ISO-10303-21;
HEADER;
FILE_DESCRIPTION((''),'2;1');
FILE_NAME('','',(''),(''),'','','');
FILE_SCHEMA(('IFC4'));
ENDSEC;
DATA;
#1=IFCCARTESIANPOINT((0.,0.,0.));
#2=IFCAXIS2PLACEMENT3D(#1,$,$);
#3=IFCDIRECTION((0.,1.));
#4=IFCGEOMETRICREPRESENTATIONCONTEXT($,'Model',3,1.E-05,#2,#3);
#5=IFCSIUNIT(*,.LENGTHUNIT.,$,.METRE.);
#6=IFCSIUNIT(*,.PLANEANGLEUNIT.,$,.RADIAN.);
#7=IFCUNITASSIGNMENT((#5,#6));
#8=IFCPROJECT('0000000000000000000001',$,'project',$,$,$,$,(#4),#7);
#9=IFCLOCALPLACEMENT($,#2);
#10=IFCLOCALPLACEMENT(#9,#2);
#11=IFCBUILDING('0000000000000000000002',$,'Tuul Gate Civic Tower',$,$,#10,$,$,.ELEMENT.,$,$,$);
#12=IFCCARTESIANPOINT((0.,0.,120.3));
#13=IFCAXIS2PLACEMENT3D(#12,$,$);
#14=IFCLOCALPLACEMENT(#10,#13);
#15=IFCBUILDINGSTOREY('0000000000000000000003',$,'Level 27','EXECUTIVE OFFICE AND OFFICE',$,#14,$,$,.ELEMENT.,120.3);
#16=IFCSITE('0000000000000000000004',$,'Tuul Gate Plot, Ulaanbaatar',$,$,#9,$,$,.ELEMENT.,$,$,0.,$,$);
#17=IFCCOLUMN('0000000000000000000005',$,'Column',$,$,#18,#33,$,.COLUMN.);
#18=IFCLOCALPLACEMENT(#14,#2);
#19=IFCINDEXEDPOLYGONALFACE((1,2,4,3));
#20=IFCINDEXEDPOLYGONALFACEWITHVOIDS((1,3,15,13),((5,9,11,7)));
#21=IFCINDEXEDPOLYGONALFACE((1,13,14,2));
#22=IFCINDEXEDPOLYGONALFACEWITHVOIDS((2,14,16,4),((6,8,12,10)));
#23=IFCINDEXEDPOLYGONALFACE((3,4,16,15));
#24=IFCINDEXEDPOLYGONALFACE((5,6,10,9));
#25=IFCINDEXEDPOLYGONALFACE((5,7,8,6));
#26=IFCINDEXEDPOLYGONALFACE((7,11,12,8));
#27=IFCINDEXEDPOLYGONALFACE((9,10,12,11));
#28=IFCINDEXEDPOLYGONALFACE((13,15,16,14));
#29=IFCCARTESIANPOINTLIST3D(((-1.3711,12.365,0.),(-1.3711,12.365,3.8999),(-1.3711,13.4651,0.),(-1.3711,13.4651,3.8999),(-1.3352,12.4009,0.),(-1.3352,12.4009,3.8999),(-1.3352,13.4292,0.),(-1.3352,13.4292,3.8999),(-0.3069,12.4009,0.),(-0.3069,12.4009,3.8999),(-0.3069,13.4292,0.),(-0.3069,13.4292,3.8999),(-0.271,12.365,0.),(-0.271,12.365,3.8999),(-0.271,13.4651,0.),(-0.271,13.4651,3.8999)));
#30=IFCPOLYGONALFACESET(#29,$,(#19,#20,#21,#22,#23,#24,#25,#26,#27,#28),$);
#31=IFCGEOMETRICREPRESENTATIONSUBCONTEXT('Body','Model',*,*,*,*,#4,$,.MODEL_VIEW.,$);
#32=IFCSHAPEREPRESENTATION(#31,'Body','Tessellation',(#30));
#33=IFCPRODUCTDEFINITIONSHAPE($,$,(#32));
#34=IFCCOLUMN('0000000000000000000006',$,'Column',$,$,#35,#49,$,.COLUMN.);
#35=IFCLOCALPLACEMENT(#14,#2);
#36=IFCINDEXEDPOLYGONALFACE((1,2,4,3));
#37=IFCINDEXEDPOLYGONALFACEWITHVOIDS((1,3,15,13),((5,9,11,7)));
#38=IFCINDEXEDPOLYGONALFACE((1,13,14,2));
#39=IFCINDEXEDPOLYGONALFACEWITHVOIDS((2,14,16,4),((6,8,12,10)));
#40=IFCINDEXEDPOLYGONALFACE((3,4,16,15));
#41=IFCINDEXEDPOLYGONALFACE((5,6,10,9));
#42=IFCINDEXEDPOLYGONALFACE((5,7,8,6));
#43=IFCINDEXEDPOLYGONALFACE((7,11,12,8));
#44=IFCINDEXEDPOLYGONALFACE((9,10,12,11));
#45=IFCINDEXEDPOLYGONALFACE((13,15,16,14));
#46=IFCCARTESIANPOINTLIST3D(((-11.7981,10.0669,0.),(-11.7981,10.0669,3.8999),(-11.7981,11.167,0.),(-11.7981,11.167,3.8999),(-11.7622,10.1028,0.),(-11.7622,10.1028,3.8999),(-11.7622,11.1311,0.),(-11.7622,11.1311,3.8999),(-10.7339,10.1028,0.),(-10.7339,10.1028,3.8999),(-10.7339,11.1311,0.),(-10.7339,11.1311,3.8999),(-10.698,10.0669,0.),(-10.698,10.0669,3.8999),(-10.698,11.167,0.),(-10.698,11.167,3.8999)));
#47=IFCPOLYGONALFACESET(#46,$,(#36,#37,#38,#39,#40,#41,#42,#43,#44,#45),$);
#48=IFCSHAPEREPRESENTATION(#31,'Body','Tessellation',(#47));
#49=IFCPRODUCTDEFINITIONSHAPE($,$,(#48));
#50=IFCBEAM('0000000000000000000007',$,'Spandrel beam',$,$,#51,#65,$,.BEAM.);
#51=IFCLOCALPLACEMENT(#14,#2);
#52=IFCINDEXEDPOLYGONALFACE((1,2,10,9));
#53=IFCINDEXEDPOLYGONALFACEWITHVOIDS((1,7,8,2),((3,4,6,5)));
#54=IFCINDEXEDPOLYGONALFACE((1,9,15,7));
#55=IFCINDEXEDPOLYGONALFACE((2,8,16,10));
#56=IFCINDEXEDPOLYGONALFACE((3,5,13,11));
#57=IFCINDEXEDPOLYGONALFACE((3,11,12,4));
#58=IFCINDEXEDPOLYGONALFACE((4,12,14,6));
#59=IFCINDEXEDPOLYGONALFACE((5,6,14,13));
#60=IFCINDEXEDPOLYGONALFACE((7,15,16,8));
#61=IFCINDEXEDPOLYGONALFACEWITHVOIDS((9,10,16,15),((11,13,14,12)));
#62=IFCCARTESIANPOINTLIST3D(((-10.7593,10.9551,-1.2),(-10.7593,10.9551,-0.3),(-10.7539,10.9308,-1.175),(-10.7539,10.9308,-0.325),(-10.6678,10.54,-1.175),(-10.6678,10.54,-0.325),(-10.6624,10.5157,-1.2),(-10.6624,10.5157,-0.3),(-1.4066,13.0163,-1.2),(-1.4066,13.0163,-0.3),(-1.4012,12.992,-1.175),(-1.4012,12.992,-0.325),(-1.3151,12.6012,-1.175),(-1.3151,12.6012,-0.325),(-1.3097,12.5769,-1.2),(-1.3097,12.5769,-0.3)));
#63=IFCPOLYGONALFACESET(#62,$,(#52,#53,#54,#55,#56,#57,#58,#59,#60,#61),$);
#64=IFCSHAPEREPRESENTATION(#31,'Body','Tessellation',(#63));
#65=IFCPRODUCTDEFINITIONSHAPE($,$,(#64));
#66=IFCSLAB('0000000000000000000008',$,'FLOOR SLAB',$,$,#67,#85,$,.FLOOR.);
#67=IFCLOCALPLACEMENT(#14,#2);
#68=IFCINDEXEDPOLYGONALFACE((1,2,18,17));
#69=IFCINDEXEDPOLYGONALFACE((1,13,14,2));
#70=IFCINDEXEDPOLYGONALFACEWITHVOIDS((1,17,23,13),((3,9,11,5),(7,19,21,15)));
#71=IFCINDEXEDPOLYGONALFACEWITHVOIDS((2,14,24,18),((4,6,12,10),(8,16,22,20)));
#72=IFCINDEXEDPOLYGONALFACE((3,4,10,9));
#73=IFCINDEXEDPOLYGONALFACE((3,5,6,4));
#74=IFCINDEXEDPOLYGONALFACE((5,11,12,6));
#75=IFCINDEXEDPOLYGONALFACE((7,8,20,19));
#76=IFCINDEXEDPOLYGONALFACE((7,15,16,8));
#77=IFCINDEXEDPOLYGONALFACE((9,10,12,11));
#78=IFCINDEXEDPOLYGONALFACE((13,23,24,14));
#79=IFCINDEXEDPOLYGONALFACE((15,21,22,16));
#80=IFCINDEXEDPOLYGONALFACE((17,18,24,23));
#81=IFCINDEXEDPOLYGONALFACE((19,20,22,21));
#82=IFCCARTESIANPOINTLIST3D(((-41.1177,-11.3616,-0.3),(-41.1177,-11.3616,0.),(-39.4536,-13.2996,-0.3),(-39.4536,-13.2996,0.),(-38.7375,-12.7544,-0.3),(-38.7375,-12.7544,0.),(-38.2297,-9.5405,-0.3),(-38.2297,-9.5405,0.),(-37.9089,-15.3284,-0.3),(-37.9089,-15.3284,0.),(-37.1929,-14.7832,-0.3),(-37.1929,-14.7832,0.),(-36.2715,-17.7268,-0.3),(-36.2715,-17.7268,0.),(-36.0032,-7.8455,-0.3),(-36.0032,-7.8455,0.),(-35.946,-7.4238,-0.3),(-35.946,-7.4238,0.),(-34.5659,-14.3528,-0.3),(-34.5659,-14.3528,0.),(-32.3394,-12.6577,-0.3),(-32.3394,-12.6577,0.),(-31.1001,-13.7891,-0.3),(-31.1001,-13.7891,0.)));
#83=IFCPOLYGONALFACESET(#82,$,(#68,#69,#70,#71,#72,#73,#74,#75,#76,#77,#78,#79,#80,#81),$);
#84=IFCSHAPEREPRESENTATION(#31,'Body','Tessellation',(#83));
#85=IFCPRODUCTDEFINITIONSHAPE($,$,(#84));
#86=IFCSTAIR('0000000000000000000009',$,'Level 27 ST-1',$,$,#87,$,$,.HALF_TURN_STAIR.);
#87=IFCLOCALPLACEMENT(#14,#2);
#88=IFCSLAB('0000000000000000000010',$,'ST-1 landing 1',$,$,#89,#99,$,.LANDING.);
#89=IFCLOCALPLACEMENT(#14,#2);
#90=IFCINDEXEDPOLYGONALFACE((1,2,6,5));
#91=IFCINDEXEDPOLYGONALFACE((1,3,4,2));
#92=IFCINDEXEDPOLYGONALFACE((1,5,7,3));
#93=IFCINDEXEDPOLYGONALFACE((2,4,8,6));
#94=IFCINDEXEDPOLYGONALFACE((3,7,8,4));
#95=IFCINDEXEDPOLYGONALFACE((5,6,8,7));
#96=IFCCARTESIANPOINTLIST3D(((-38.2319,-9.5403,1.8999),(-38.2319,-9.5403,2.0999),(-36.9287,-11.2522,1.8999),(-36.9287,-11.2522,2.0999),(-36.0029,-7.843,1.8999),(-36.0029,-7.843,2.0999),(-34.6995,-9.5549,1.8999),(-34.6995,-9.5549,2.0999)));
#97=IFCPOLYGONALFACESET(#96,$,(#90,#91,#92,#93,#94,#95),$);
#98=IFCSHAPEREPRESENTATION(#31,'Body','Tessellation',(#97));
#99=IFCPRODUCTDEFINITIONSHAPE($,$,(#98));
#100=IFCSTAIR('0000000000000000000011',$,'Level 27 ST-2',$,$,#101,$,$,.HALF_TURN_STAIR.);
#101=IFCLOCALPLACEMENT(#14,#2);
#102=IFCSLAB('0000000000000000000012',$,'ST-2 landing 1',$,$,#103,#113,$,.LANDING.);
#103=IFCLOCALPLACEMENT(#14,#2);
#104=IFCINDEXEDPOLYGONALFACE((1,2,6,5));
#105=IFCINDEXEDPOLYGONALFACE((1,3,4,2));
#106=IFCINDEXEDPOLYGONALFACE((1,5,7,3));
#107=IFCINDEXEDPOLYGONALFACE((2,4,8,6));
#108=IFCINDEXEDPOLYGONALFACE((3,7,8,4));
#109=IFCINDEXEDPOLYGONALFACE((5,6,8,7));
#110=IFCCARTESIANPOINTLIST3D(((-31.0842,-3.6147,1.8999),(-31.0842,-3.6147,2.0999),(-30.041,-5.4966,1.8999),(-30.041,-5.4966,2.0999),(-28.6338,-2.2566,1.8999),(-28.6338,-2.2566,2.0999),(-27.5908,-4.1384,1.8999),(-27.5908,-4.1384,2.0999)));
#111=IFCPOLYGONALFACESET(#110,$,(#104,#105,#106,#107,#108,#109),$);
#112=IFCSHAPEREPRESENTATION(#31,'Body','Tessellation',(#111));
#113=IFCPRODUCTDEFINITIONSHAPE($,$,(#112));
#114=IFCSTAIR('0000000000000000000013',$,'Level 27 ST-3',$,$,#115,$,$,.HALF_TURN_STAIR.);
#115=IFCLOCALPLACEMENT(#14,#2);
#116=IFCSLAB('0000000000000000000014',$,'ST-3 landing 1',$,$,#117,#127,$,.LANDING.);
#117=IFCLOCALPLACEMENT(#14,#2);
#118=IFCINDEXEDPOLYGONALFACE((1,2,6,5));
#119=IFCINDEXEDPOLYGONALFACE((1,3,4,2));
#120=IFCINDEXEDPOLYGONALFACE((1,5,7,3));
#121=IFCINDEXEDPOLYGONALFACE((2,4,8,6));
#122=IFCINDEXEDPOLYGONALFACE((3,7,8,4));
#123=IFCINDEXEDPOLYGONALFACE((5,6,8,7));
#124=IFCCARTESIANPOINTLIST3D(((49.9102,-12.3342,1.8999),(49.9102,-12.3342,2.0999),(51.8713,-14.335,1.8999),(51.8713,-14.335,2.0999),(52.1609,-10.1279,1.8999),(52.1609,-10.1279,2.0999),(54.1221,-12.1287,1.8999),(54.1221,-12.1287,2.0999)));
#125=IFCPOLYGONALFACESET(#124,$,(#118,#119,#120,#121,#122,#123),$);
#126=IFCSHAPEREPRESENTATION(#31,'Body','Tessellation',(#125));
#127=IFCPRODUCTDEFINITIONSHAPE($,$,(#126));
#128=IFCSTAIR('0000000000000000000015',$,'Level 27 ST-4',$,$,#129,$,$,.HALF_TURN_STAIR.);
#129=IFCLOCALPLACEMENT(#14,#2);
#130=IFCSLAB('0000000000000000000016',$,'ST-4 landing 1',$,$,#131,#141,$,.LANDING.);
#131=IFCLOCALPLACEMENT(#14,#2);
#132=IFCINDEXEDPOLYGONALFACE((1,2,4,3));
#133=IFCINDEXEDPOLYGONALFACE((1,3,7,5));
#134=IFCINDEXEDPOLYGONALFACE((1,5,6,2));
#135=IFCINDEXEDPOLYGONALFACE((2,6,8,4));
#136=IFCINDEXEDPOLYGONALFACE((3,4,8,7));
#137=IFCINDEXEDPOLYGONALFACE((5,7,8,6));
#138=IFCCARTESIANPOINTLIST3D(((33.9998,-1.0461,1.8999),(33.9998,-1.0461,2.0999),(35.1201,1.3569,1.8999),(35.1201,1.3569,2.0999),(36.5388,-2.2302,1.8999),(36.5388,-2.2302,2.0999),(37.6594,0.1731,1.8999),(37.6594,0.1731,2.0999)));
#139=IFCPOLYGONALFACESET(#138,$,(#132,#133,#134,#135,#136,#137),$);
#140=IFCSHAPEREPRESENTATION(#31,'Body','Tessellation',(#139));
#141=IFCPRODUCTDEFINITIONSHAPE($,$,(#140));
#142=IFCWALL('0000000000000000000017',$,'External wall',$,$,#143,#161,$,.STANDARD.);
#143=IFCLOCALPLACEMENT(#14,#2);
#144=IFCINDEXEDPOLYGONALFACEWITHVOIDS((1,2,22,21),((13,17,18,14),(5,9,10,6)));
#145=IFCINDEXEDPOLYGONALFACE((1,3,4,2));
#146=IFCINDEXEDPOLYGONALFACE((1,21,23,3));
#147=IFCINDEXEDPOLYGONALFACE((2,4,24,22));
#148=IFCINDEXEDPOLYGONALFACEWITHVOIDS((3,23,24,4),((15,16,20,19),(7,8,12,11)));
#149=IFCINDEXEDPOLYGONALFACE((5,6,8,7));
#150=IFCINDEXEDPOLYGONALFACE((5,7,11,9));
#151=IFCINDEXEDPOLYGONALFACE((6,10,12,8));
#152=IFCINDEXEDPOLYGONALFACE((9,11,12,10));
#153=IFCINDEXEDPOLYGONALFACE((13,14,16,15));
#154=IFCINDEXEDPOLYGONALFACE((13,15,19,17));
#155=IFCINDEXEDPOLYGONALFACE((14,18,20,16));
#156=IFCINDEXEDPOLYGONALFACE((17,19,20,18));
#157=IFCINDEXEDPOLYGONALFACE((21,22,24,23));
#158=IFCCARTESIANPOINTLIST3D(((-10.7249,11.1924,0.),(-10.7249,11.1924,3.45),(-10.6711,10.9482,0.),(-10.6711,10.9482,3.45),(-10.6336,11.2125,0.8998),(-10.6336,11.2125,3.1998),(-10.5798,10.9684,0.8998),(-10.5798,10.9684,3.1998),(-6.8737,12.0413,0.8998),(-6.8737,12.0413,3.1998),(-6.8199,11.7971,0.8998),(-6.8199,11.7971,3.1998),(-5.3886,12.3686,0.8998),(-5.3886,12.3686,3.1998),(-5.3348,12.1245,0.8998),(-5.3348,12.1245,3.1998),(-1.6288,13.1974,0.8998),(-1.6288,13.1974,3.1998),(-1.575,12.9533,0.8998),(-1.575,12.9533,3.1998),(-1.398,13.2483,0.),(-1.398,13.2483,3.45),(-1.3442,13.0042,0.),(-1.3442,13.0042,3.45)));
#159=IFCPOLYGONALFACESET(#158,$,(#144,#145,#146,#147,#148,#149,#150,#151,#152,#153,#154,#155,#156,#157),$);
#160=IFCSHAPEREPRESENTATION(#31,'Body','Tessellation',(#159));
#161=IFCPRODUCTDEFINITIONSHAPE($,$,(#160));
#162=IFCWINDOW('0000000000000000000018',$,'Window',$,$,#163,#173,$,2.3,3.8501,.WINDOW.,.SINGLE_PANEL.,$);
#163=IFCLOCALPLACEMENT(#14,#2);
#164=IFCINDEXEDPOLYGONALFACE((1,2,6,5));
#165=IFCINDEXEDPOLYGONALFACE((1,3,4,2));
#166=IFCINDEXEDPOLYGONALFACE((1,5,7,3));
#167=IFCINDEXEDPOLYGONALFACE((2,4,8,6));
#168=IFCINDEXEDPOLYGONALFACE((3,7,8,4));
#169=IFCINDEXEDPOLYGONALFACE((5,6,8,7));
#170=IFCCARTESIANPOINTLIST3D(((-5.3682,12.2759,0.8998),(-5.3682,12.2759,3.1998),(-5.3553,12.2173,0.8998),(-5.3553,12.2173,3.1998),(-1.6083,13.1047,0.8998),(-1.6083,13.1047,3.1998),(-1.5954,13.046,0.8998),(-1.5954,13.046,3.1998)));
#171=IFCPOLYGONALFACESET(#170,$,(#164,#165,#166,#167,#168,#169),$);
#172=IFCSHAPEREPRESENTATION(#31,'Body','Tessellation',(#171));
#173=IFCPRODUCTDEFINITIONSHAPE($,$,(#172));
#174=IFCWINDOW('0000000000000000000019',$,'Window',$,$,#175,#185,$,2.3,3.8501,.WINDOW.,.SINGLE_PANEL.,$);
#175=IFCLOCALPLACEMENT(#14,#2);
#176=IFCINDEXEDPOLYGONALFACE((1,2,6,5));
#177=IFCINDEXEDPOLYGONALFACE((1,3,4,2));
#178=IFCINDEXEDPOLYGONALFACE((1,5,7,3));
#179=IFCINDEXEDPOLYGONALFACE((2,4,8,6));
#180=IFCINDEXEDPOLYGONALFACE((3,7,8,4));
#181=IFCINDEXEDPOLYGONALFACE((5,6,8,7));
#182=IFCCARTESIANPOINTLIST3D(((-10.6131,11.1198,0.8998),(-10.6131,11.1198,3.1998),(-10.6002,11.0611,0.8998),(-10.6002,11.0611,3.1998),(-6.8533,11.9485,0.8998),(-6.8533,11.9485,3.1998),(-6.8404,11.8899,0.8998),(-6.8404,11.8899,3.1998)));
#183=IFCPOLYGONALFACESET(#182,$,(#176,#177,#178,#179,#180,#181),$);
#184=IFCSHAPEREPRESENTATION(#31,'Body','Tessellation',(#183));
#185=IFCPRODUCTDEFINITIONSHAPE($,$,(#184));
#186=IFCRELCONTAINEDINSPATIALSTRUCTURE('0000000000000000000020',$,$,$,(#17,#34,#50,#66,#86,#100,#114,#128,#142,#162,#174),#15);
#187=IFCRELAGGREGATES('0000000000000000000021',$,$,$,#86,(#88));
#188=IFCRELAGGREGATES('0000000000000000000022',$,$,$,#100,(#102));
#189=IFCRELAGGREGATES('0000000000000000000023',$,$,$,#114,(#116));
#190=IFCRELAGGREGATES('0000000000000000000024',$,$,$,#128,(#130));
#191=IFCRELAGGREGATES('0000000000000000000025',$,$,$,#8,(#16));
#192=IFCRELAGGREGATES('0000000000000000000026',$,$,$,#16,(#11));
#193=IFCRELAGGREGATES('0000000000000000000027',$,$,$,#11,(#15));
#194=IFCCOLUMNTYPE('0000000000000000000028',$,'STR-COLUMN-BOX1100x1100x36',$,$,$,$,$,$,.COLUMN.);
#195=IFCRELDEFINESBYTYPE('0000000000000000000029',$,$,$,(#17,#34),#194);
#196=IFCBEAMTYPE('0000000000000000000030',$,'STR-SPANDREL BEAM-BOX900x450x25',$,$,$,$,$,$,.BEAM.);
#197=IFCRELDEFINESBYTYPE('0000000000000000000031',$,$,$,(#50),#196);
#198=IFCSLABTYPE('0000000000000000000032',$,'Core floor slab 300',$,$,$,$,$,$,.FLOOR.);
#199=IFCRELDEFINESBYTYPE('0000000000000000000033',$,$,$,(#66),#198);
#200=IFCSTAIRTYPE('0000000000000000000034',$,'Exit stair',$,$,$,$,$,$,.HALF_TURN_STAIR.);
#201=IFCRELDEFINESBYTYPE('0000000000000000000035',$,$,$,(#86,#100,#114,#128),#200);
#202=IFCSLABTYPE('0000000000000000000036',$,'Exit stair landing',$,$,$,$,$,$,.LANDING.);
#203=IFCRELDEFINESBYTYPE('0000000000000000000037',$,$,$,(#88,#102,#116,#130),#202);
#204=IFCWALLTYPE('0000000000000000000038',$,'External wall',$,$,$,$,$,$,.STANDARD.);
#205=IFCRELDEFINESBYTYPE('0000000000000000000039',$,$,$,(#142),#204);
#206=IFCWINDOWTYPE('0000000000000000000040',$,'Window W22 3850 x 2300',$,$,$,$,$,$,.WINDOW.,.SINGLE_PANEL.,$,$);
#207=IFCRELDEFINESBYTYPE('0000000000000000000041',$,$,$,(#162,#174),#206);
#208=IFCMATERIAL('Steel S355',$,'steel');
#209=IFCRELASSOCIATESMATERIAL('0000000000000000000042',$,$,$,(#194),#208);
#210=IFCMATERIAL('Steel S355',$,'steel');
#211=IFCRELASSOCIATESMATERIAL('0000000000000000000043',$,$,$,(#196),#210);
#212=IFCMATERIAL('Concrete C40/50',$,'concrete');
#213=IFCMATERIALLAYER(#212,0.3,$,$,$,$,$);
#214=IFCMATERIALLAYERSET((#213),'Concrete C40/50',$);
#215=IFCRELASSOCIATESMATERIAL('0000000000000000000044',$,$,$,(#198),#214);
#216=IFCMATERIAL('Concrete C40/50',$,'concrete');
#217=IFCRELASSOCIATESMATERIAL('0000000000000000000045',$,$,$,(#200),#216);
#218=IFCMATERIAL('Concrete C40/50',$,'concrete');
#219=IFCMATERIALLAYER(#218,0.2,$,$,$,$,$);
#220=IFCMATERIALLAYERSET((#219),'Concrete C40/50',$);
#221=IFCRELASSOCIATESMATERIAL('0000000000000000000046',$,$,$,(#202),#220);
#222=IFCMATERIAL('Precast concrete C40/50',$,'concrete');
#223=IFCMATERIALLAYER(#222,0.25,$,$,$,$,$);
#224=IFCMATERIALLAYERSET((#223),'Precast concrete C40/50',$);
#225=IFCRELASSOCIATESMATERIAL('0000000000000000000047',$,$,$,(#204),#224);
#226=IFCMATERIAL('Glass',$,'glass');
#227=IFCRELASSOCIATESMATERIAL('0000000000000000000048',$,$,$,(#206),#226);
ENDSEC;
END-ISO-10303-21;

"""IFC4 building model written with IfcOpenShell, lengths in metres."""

from ifc_helpers import new_model, si_unit, direction, frame, frame_2d, origin, origin_2d, place, context, subcontext, project, spatial, polyline, rectangle, hollow_rectangle, outline, extrude, material, layer, layer_set, material_profile, profile_set, type_object, element, fill, aggregate, save


model = new_model("IFC4")

# Units and contexts
model_context = context("Model", 3, precision=1e-05, world=origin(), true_north=direction((0.0, 1.0)))
body_context = subcontext(model_context, "Body", "Model", "MODEL_VIEW")
ifc_project = project(units=[si_unit("LENGTHUNIT", "METRE"), si_unit("PLANEANGLEUNIT", "RADIAN")], contexts=[model_context])

# Site, building, storey
site_placement = place(None, origin())
site = spatial("IfcSite", under=ifc_project, at=site_placement, Name="Tuul Gate Plot, Ulaanbaatar", CompositionType="ELEMENT", RefElevation=0.0)
building_placement = place(site_placement, origin())
building = spatial("IfcBuilding", under=site, at=building_placement, Name="Tuul Gate Civic Tower", CompositionType="ELEMENT")
storey_placement = place(building_placement, frame((0.0, 0.0, 120.3)))
storey = spatial("IfcBuildingStorey", under=building, at=storey_placement, Name="Level 27", Description="EXECUTIVE OFFICE AND OFFICE", CompositionType="ELEMENT", Elevation=120.3)

# Columns
ifc_material_1 = material(Name="Steel S355", Category="steel")
ifc_material_profile_1 = material_profile(ifc_material_1, hollow_rectangle(XDim=1.1001, YDim=1.1001, WallThickness=0.0359, at=origin_2d()), Name="BOX1100x1100x36")
ifc_profile_set_1 = profile_set([ifc_material_profile_1], Name="Steel S355")
column_type = type_object("IfcColumnType", Name="STR-COLUMN-BOX1100x1100x36", PredefinedType="COLUMN", material=ifc_profile_set_1)
for number, where, z_axis, x_axis, name in (
    (1, (-0.821, 12.915, 0.0), (0.0, 0.0, 1.0), (1.0, 0.0, 0.0), "Column"),
    (2, (-11.248, 10.6169, 0.0), (0.0, 0.0, 1.0), (1.0, 0.0, 0.0), "Column"),
):
    element("IfcColumn", number, at=place(storey_placement, frame(where, z_axis=z_axis, x_axis=x_axis)), inside=storey, type_object=column_type, Name=name, PredefinedType="COLUMN", context=body_context, shape_type="SweptSolid", body=[
        extrude(hollow_rectangle(XDim=1.1001, YDim=1.1001, WallThickness=0.0359, at=origin_2d()), origin(), (0.0, 0.0, 1.0), 3.8999),
    ])

# Beam
ifc_material_2 = material(Name="Steel S355", Category="steel")
ifc_material_profile_2 = material_profile(ifc_material_2, hollow_rectangle(XDim=0.45, YDim=0.8999, WallThickness=0.0249, at=origin_2d()), Name="BOX900x450x25")
ifc_profile_set_2 = profile_set([ifc_material_profile_2], Name="Steel S355")
beam_type = type_object("IfcBeamType", Name="STR-SPANDREL BEAM-BOX900x450x25", PredefinedType="BEAM", material=ifc_profile_set_2)
beam_placement = place(storey_placement, frame((-1.3582, 12.7966, -0.75), z_axis=(-0.976564, -0.215227, 0.0), x_axis=(0.215227, -0.976564, 0.0)))
element("IfcBeam", 3, at=beam_placement, inside=storey, type_object=beam_type, Name="Spandrel beam", PredefinedType="BEAM", context=body_context, shape_type="SweptSolid", body=[
    extrude(hollow_rectangle(XDim=0.45, YDim=0.8999, WallThickness=0.0249, at=origin_2d()), origin(), (0.0, 0.0, 1.0), 9.5771),
])

# Slab
ifc_material_3 = material(Name="Concrete C40/50", Category="concrete")
ifc_layer_1 = layer(ifc_material_3, 0.3)
ifc_layer_set_1 = layer_set([ifc_layer_1], Name="Concrete C40/50")
slab_type_1 = type_object("IfcSlabType", Name="Core floor slab 300", PredefinedType="FLOOR", material=ifc_layer_set_1)
slab_1_placement = place(storey_placement, frame((0.0, 0.0, -0.3)))
element("IfcSlab", 4, at=slab_1_placement, inside=storey, type_object=slab_type_1, Name="FLOOR SLAB", PredefinedType="FLOOR", context=body_context, shape_type="SweptSolid", body=[
    extrude(outline(polyline([(-31.1001, -13.7891), (-35.946, -7.4238), (-41.1177, -11.3616), (-36.2715, -17.7268), (-31.1001, -13.7891)]), holes=[polyline([(-37.1929, -14.7832), (-38.7375, -12.7544), (-39.4536, -13.2996), (-37.9089, -15.3284), (-37.1929, -14.7832)]), polyline([(-32.3394, -12.6577), (-34.5659, -14.3528), (-38.2297, -9.5405), (-36.0032, -7.8455), (-32.3394, -12.6577)])]), origin(), (0.0, 0.0, 1.0), 0.3),
])

# Stairs, slabs
ifc_material_4 = material(Name="Concrete C40/50", Category="concrete")
stair_type = type_object("IfcStairType", Name="Exit stair", PredefinedType="HALF_TURN_STAIR", material=ifc_material_4)
stair_1_placement = place(storey_placement, origin())
stair_1 = element("IfcStair", 5, at=stair_1_placement, inside=storey, type_object=stair_type, Name="Level 27 ST-1", PredefinedType="HALF_TURN_STAIR")
ifc_material_5 = material(Name="Concrete C40/50", Category="concrete")
ifc_layer_2 = layer(ifc_material_5, 0.2)
ifc_layer_set_2 = layer_set([ifc_layer_2], Name="Concrete C40/50")
slab_type_2 = type_object("IfcSlabType", Name="Exit stair landing", PredefinedType="LANDING", material=ifc_layer_set_2)
slab_2_placement = place(storey_placement, frame((0.0, 0.0, 1.8999)))
slab_2 = element("IfcSlab", 6, at=slab_2_placement, type_object=slab_type_2, Name="ST-1 landing 1", PredefinedType="LANDING", context=body_context, shape_type="SweptSolid", body=[
    extrude(outline(polyline([(-34.6995, -9.5549), (-36.9287, -11.2522), (-38.2319, -9.5403), (-36.0029, -7.843), (-34.6995, -9.5549)])), origin(), (0.0, 0.0, 1.0), 0.2),
])
aggregate(stair_1, [slab_2])
stair_2_placement = place(storey_placement, origin())
stair_2 = element("IfcStair", 7, at=stair_2_placement, inside=storey, type_object=stair_type, Name="Level 27 ST-2", PredefinedType="HALF_TURN_STAIR")
slab_3_placement = place(storey_placement, frame((0.0, 0.0, 1.8999)))
slab_3 = element("IfcSlab", 8, at=slab_3_placement, type_object=slab_type_2, Name="ST-2 landing 1", PredefinedType="LANDING", context=body_context, shape_type="SweptSolid", body=[
    extrude(outline(polyline([(-27.5908, -4.1384), (-30.041, -5.4966), (-31.0842, -3.6147), (-28.6338, -2.2566), (-27.5908, -4.1384)])), origin(), (0.0, 0.0, 1.0), 0.2),
])
aggregate(stair_2, [slab_3])
stair_3_placement = place(storey_placement, origin())
stair_3 = element("IfcStair", 9, at=stair_3_placement, inside=storey, type_object=stair_type, Name="Level 27 ST-3", PredefinedType="HALF_TURN_STAIR")
slab_4_placement = place(storey_placement, frame((0.0, 0.0, 1.8999)))
slab_4 = element("IfcSlab", 10, at=slab_4_placement, type_object=slab_type_2, Name="ST-3 landing 1", PredefinedType="LANDING", context=body_context, shape_type="SweptSolid", body=[
    extrude(outline(polyline([(51.8713, -14.335), (49.9102, -12.3342), (52.1609, -10.1279), (54.1221, -12.1287), (51.8713, -14.335)])), origin(), (0.0, 0.0, 1.0), 0.2),
])
aggregate(stair_3, [slab_4])
stair_4_placement = place(storey_placement, origin())
stair_4 = element("IfcStair", 11, at=stair_4_placement, inside=storey, type_object=stair_type, Name="Level 27 ST-4", PredefinedType="HALF_TURN_STAIR")
slab_5_placement = place(storey_placement, frame((0.0, 0.0, 1.8999)))
slab_5 = element("IfcSlab", 12, at=slab_5_placement, type_object=slab_type_2, Name="ST-4 landing 1", PredefinedType="LANDING", context=body_context, shape_type="SweptSolid", body=[
    extrude(outline(polyline([(36.5388, -2.2302), (33.9998, -1.0461), (35.1201, 1.3569), (37.6594, 0.1731), (36.5388, -2.2302)])), origin(), (0.0, 0.0, 1.0), 0.2),
])
aggregate(stair_4, [slab_5])

# Wall, openings, windows
ifc_material_6 = material(Name="Precast concrete C40/50", Category="concrete")
ifc_layer_3 = layer(ifc_material_6, 0.25)
ifc_layer_set_3 = layer_set([ifc_layer_3], Name="Precast concrete C40/50")
wall_type_1 = type_object("IfcWallType", Name="External wall", PredefinedType="STANDARD", material=ifc_layer_set_3)
wall_1_placement = place(storey_placement, frame((-1.3711, 13.1262, 0.0), z_axis=(0.0, 0.0, 1.0), x_axis=(-0.976557, -0.21526, 0.0)))
wall_1 = element("IfcWall", 13, at=wall_1_placement, inside=storey, type_object=wall_type_1, Name="External wall", PredefinedType="STANDARD", context=body_context, shape_type="SweptSolid", body=[
    extrude(rectangle(XDim=9.5508, YDim=0.25, at=frame_2d((4.7754, 0.0))), origin(), (0.0, 0.0, 1.0), 3.45),
])
opening_1_placement = place(wall_1_placement, frame((0.2363, 0.0, 0.8999)))
opening_1 = element("IfcOpeningElement", 14, at=opening_1_placement, cuts=wall_1, PredefinedType="OPENING", context=body_context, shape_type="SweptSolid", body=[
    extrude(rectangle(XDim=3.8501, YDim=2.3, at=frame_2d((1.925, 1.1499))), frame((0.0, 0.135, 0.0), z_axis=(0.0, -1.0, 0.0), x_axis=(1.0, 0.0, 0.0)), (0.0, 0.0, 1.0), 0.27),
])
opening_2_placement = place(wall_1_placement, frame((5.6072, 0.0, 0.8999)))
opening_2 = element("IfcOpeningElement", 15, at=opening_2_placement, cuts=wall_1, PredefinedType="OPENING", context=body_context, shape_type="SweptSolid", body=[
    extrude(rectangle(XDim=3.8501, YDim=2.3, at=frame_2d((1.925, 1.1499))), frame((0.0, 0.135, 0.0), z_axis=(0.0, -1.0, 0.0), x_axis=(1.0, 0.0, 0.0)), (0.0, 0.0, 1.0), 0.27),
])
ifc_material_7 = material(Name="Glass", Category="glass")
window_type = type_object("IfcWindowType", Name="Window W22 3850 x 2300", PartitioningType="SINGLE_PANEL", PredefinedType="WINDOW", material=ifc_material_7)
window_1_placement = place(opening_1_placement, origin())
window_1 = element("IfcWindow", 16, at=window_1_placement, inside=storey, type_object=window_type, Name="Window", OverallHeight=2.3, OverallWidth=3.8501, PartitioningType="SINGLE_PANEL", PredefinedType="WINDOW", context=body_context, shape_type="SweptSolid", body=[
    extrude(rectangle(XDim=3.8501, YDim=2.3, at=frame_2d((1.925, 1.1499))), frame((0.0, 0.03, 0.0), z_axis=(0.0, -1.0, 0.0), x_axis=(1.0, 0.0, 0.0)), (0.0, 0.0, 1.0), 0.0601),
])
fill(opening_1, window_1)
window_2_placement = place(opening_2_placement, origin())
window_2 = element("IfcWindow", 17, at=window_2_placement, inside=storey, type_object=window_type, Name="Window", OverallHeight=2.3, OverallWidth=3.8501, PartitioningType="SINGLE_PANEL", PredefinedType="WINDOW", context=body_context, shape_type="SweptSolid", body=[
    extrude(rectangle(XDim=3.8501, YDim=2.3, at=frame_2d((1.925, 1.1499))), frame((0.0, 0.03, 0.0), z_axis=(0.0, -1.0, 0.0), x_axis=(1.0, 0.0, 0.0)), (0.0, 0.0, 1.0), 0.0601),
])
fill(opening_2, window_2)

save(model, "model.ifc")
